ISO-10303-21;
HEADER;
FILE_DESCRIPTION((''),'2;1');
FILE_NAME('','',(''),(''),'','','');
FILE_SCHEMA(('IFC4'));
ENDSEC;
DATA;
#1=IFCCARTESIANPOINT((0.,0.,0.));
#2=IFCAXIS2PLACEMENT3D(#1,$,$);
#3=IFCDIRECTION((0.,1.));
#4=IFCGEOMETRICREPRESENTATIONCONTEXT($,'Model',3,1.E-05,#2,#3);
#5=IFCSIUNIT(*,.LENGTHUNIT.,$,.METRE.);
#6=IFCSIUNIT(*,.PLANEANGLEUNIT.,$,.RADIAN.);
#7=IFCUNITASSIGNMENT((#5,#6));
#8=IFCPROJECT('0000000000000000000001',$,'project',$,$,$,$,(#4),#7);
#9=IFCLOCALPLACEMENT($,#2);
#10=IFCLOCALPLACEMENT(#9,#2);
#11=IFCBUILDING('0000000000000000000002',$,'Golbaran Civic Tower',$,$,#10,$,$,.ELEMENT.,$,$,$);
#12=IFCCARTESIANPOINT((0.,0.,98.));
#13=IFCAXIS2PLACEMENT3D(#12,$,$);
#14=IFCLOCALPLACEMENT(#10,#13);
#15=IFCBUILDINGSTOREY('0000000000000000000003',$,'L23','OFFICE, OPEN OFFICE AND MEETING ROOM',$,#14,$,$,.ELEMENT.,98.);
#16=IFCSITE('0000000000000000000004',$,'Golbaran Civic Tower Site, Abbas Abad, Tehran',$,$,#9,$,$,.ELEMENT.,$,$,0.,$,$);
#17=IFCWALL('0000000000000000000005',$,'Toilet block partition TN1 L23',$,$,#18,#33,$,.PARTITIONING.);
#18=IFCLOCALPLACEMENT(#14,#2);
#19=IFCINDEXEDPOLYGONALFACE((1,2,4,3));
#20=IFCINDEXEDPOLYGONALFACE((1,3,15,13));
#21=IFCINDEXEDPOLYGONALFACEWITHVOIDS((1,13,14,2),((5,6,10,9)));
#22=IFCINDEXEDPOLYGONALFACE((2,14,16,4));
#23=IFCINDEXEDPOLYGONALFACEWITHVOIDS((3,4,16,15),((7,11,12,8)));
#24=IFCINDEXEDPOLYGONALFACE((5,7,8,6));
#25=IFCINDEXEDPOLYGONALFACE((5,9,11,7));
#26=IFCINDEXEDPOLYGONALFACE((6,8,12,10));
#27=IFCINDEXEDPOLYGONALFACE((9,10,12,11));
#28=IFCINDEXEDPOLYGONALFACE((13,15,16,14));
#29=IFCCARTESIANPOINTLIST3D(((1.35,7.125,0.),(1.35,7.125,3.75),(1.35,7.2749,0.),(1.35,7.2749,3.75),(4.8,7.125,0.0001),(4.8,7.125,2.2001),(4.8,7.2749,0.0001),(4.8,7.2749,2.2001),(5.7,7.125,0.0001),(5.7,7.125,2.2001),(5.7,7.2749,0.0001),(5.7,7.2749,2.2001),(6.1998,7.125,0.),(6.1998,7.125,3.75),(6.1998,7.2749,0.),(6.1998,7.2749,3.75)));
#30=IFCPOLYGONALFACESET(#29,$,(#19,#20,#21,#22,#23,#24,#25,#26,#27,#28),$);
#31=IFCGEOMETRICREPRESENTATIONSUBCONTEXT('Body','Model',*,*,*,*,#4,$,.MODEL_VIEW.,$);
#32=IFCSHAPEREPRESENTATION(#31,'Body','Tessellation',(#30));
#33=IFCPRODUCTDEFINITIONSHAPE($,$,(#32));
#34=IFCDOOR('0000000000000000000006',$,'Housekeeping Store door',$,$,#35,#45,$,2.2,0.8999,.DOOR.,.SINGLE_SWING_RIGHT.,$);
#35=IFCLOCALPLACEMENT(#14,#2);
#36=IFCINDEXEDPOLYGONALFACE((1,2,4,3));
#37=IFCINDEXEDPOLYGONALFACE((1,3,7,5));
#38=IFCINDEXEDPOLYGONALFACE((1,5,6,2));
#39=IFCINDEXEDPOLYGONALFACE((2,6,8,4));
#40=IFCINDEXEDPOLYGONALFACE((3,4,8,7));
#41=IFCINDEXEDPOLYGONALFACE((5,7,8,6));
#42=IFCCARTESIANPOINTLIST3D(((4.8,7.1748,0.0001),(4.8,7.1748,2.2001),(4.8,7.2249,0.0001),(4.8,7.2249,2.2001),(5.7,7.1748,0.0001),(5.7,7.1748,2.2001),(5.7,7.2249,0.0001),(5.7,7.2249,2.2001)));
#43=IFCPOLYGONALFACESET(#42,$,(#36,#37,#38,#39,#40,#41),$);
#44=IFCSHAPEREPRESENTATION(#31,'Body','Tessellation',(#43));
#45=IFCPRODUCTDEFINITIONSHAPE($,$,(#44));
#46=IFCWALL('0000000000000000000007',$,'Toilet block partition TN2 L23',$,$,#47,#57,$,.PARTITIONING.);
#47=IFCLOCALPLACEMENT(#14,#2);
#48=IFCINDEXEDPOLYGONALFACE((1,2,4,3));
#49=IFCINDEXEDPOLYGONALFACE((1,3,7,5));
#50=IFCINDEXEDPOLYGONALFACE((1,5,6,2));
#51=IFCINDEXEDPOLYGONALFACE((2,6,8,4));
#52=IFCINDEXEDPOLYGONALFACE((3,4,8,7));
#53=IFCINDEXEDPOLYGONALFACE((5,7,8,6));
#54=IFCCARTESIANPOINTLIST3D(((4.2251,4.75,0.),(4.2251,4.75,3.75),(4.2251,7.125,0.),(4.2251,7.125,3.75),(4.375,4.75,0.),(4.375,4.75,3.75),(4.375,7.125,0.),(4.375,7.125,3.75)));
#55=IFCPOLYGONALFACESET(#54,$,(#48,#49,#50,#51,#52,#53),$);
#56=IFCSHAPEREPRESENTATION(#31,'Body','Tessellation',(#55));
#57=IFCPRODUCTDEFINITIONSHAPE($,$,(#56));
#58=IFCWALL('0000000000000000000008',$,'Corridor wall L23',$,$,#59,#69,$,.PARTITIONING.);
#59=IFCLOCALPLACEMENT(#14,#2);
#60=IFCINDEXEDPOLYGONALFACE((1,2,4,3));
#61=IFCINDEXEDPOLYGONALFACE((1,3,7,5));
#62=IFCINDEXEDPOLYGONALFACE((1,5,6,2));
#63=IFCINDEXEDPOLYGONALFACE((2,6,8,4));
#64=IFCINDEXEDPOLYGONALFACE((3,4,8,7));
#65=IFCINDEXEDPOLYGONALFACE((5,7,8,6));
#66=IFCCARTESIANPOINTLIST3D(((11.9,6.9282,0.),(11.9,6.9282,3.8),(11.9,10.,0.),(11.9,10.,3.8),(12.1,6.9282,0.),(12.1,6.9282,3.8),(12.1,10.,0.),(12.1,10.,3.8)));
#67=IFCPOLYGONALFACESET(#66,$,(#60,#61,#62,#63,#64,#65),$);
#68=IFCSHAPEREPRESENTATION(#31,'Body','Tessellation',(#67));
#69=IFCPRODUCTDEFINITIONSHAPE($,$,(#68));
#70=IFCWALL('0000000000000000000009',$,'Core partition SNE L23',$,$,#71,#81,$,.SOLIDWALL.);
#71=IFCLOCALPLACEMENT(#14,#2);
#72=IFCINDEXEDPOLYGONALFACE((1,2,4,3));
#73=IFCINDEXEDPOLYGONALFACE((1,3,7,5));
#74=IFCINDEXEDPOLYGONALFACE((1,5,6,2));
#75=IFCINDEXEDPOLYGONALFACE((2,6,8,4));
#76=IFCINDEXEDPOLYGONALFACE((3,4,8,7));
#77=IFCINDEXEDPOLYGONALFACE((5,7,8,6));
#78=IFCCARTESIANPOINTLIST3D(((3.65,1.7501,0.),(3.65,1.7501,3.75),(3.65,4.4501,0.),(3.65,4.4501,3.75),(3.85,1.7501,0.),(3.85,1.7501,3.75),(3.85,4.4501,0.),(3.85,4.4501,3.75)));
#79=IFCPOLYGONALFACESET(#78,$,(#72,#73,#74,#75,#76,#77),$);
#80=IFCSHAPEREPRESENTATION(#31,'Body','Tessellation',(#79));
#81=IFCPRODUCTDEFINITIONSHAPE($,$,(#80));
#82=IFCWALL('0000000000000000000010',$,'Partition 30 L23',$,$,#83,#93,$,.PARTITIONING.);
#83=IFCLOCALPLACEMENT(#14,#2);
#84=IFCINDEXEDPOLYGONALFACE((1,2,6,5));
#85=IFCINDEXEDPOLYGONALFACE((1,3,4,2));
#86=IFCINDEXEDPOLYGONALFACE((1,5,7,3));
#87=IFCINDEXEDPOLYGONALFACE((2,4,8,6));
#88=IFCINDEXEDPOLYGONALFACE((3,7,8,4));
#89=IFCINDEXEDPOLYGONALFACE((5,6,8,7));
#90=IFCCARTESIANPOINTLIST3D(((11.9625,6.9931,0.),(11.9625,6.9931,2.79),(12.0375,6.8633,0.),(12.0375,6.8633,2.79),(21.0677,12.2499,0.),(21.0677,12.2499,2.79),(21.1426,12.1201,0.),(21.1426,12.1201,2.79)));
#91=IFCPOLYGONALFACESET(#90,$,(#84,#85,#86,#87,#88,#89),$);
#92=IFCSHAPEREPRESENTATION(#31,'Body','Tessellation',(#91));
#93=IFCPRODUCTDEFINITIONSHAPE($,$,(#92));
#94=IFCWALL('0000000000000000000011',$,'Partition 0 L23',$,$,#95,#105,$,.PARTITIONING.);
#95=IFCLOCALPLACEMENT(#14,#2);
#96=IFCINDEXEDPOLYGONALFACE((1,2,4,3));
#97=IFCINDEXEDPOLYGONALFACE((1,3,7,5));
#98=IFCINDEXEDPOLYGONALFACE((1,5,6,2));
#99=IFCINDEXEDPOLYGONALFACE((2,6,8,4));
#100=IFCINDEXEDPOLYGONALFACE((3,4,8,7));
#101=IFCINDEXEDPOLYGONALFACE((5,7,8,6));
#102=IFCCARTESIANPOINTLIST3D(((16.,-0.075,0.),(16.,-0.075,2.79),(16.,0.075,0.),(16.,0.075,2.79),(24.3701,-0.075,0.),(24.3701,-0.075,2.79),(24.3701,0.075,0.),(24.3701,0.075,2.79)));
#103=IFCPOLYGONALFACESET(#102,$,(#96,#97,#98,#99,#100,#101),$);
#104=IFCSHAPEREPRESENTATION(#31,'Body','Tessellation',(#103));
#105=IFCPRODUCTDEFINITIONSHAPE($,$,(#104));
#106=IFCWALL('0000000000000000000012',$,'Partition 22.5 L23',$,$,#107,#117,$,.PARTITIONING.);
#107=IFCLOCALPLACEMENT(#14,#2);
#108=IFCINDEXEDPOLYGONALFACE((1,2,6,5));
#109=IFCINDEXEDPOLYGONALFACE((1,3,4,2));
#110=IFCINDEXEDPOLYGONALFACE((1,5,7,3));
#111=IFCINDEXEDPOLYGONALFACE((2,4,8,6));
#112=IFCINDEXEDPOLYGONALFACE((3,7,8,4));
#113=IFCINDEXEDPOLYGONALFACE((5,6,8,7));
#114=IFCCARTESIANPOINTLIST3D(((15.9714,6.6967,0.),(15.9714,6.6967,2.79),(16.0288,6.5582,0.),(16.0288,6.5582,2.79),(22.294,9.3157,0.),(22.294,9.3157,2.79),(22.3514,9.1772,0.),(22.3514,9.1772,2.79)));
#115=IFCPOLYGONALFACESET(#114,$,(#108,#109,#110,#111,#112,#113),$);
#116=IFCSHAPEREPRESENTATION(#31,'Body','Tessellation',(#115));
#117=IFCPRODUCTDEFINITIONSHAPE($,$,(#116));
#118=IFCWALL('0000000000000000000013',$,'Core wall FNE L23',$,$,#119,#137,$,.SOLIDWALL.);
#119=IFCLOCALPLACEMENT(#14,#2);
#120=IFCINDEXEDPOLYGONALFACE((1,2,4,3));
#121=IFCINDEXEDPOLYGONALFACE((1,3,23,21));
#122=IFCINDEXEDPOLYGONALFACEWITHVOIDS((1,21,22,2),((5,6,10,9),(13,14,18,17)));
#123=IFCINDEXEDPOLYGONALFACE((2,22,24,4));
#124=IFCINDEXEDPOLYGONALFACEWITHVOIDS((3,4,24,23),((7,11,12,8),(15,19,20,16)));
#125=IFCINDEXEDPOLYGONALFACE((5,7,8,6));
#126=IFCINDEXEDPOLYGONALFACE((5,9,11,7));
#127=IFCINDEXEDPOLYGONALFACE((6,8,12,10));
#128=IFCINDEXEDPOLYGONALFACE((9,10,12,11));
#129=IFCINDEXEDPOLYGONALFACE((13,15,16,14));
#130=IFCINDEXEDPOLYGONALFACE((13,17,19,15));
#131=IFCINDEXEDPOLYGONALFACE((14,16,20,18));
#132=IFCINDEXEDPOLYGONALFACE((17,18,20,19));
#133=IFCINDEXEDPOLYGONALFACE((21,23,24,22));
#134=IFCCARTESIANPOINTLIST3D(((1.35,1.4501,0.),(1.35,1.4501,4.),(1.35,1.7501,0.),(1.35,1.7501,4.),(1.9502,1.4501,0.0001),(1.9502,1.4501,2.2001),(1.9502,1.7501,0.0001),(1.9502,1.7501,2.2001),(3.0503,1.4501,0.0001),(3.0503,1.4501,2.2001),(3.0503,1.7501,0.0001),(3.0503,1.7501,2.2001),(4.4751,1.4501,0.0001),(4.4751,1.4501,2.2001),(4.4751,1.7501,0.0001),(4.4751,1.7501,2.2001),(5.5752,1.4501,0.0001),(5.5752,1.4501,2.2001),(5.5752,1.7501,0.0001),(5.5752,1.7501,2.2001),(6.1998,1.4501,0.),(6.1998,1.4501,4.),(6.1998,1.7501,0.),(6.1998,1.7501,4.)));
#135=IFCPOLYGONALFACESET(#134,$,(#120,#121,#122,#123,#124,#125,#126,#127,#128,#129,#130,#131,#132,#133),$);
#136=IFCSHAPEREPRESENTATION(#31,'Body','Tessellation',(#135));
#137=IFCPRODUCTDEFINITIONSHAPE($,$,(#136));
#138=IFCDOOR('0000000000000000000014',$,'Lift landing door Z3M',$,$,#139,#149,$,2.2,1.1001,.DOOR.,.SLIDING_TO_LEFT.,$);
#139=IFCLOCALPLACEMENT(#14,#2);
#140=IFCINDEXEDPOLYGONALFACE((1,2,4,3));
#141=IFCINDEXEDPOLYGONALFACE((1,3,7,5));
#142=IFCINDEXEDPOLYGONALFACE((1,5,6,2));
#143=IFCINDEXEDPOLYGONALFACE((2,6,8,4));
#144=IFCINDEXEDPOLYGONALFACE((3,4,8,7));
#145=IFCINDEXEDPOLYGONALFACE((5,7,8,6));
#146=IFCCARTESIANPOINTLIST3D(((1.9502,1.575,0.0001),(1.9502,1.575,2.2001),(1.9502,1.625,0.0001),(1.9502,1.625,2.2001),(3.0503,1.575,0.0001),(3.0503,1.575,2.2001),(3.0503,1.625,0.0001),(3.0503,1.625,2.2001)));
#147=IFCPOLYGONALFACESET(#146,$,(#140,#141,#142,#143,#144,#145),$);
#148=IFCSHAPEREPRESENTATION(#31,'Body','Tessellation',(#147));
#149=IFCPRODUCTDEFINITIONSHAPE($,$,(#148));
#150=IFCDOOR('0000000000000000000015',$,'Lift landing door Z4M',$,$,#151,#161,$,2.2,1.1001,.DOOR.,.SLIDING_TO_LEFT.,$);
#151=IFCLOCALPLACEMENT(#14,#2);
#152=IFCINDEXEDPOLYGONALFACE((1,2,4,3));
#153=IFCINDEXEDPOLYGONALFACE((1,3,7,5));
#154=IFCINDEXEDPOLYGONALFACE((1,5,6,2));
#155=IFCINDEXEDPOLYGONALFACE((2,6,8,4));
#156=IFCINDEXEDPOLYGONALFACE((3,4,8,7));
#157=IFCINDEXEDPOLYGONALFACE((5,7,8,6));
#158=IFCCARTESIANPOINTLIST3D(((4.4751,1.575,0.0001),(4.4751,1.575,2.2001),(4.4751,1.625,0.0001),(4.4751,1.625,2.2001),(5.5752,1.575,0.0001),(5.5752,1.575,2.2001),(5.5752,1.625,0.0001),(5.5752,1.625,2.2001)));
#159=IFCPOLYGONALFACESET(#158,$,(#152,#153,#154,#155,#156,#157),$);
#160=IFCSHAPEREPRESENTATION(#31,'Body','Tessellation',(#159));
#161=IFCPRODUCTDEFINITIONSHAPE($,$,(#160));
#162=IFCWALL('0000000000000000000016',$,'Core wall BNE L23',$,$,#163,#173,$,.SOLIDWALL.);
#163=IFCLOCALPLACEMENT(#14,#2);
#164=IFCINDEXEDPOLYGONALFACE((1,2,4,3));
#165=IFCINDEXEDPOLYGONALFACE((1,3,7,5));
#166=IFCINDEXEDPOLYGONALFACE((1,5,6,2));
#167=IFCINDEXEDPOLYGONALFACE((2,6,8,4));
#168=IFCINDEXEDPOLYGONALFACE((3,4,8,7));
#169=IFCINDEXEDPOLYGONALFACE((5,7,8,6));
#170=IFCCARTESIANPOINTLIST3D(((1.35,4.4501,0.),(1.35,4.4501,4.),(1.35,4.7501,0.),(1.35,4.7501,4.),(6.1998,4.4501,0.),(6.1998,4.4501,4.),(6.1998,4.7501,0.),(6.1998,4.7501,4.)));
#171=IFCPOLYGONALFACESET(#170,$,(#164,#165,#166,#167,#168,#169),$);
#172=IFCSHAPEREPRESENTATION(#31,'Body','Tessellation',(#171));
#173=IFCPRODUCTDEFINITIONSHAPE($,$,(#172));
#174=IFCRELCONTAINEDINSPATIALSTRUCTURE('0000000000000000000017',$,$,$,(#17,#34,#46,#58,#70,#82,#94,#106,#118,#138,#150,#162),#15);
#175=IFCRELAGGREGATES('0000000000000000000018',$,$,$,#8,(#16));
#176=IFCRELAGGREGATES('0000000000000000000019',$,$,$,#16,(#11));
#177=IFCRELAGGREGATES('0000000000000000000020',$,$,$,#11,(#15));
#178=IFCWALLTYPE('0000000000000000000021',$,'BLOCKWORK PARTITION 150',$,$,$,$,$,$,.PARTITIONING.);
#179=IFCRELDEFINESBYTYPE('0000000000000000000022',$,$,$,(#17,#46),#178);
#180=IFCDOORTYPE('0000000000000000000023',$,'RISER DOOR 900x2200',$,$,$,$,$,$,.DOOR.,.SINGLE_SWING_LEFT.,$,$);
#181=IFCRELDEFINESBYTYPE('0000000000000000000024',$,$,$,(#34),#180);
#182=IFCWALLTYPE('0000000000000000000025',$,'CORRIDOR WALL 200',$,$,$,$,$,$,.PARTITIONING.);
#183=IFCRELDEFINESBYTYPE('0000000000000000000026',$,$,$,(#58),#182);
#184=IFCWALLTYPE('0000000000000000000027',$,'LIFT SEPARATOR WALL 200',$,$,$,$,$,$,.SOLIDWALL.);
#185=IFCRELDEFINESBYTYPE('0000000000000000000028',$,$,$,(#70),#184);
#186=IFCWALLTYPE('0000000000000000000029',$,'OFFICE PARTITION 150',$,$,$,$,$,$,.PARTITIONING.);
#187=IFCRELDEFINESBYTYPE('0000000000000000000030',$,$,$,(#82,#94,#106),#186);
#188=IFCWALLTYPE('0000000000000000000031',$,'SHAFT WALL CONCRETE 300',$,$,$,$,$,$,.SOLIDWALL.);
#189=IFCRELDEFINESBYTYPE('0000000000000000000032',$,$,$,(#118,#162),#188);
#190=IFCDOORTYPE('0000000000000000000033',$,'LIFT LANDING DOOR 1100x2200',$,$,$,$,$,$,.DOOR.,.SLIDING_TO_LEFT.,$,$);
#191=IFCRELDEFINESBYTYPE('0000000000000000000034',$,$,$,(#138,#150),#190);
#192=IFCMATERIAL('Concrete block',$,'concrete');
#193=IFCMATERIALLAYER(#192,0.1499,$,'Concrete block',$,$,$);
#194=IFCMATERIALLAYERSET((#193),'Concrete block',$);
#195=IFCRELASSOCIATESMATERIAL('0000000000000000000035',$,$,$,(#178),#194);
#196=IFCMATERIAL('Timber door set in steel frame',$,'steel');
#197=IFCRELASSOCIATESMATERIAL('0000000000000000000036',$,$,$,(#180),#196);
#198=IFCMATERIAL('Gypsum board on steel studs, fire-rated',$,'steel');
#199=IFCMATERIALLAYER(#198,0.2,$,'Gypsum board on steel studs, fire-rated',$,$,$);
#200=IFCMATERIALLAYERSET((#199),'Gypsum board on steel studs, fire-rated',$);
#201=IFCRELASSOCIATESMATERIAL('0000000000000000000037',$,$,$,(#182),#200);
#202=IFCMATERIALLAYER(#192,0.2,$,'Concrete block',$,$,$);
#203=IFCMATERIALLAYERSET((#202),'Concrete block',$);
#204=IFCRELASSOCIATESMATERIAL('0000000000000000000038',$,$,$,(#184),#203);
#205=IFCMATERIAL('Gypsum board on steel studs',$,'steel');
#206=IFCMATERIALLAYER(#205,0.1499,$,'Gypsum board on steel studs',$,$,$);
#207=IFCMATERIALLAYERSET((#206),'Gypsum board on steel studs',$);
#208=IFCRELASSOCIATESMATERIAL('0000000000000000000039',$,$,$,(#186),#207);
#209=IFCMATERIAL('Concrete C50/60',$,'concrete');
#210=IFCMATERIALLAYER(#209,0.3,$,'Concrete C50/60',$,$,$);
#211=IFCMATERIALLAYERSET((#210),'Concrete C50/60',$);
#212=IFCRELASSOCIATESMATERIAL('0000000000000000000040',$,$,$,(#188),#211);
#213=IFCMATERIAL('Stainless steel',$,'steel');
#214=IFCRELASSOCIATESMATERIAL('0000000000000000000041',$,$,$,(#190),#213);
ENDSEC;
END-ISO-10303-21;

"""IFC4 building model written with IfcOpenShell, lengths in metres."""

from ifc_helpers import new_model, si_unit, direction, frame, frame_2d, origin, place, context, subcontext, project, spatial, rectangle, extrude, material, layer, layer_set, type_object, element, fill, save


model = new_model("IFC4")

# Units and contexts
model_context = context("Model", 3, precision=1e-05, world=origin(), true_north=direction((0.0, 1.0)))
body_context = subcontext(model_context, "Body", "Model", "MODEL_VIEW")
ifc_project = project(units=[si_unit("LENGTHUNIT", "METRE"), si_unit("PLANEANGLEUNIT", "RADIAN")], contexts=[model_context])

# Site, building, storey
site_placement = place(None, origin())
site = spatial("IfcSite", under=ifc_project, at=site_placement, Name="Golbaran Civic Tower Site, Abbas Abad, Tehran", CompositionType="ELEMENT", RefElevation=0.0)
building_placement = place(site_placement, origin())
building = spatial("IfcBuilding", under=site, at=building_placement, Name="Golbaran Civic Tower", CompositionType="ELEMENT")
storey_placement = place(building_placement, frame((0.0, 0.0, 98.0)))
storey = spatial("IfcBuildingStorey", under=building, at=storey_placement, Name="L23", Description="OFFICE, OPEN OFFICE AND MEETING ROOM", CompositionType="ELEMENT", Elevation=98.0)

# Wall, opening, door
ifc_material_1 = material(Name="Concrete block", Category="concrete")
ifc_layer_1 = layer(ifc_material_1, 0.1499, Name="Concrete block")
ifc_layer_set_1 = layer_set([ifc_layer_1], Name="Concrete block")
wall_type_1 = type_object("IfcWallType", Name="BLOCKWORK PARTITION 150", PredefinedType="PARTITIONING", material=ifc_layer_set_1)
wall_1_placement = place(storey_placement, frame((1.3501, 7.2, 0.0), z_axis=(0.0, 0.0, 1.0), x_axis=(1.0, 0.0, 0.0)))
wall_1 = element("IfcWall", 1, at=wall_1_placement, inside=storey, type_object=wall_type_1, Name="Toilet block partition TN1 L23", PredefinedType="PARTITIONING", context=body_context, shape_type="SweptSolid", body=[
    extrude(rectangle(XDim=4.8499, YDim=0.1499, at=frame_2d((2.4248, 0.0))), origin(), (0.0, 0.0, 1.0), 3.75),
])
opening_1_placement = place(wall_1_placement, frame((3.45, 0.0, 0.0)))
opening_1 = element("IfcOpeningElement", 2, at=opening_1_placement, cuts=wall_1, PredefinedType="OPENING", context=body_context, shape_type="SweptSolid", body=[
    extrude(rectangle(XDim=0.8999, YDim=2.2, at=frame_2d((0.45, 1.1001))), frame((0.0, 0.085, 0.0), z_axis=(0.0, -1.0, 0.0), x_axis=(1.0, 0.0, 0.0)), (0.0, 0.0, 1.0), 0.1699),
])
ifc_material_2 = material(Name="Timber door set in steel frame", Category="steel")
door_type_1 = type_object("IfcDoorType", Name="RISER DOOR 900x2200", OperationType="SINGLE_SWING_LEFT", PredefinedType="DOOR", material=ifc_material_2)
door_1_placement = place(opening_1_placement, origin())
door_1 = element("IfcDoor", 3, at=door_1_placement, inside=storey, type_object=door_type_1, Name="Housekeeping Store door", OperationType="SINGLE_SWING_RIGHT", OverallHeight=2.2, OverallWidth=0.8999, PredefinedType="DOOR", context=body_context, shape_type="SweptSolid", body=[
    extrude(rectangle(XDim=0.8999, YDim=2.2, at=frame_2d((0.45, 1.1001))), frame((0.0, 0.0249, 0.0), z_axis=(0.0, -1.0, 0.0), x_axis=(1.0, 0.0, 0.0)), (0.0, 0.0, 1.0), 0.05),
])
fill(opening_1, door_1)

# Walls
wall_2_placement = place(storey_placement, frame((4.3, 4.75, 0.0), z_axis=(0.0, 0.0, 1.0), x_axis=(0.0, 1.0, 0.0)))
element("IfcWall", 4, at=wall_2_placement, inside=storey, type_object=wall_type_1, Name="Toilet block partition TN2 L23", PredefinedType="PARTITIONING", context=body_context, shape_type="SweptSolid", body=[
    extrude(rectangle(XDim=2.375, YDim=0.1499, at=frame_2d((1.1875, 0.0))), origin(), (0.0, 0.0, 1.0), 3.75),
])
ifc_material_3 = material(Name="Gypsum board on steel studs, fire-rated", Category="steel")
ifc_layer_2 = layer(ifc_material_3, 0.2, Name="Gypsum board on steel studs, fire-rated")
ifc_layer_set_2 = layer_set([ifc_layer_2], Name="Gypsum board on steel studs, fire-rated")
wall_type_2 = type_object("IfcWallType", Name="CORRIDOR WALL 200", PredefinedType="PARTITIONING", material=ifc_layer_set_2)
wall_3_placement = place(storey_placement, frame((12.0, 6.9282, 0.0), z_axis=(0.0, 0.0, 1.0), x_axis=(0.0, 1.0, 0.0)))
element("IfcWall", 5, at=wall_3_placement, inside=storey, type_object=wall_type_2, Name="Corridor wall L23", PredefinedType="PARTITIONING", context=body_context, shape_type="SweptSolid", body=[
    extrude(rectangle(XDim=3.0718, YDim=0.2, at=frame_2d((1.5359, 0.0))), origin(), (0.0, 0.0, 1.0), 3.8),
])
ifc_layer_3 = layer(ifc_material_1, 0.2, Name="Concrete block")
ifc_layer_set_3 = layer_set([ifc_layer_3], Name="Concrete block")
wall_type_3 = type_object("IfcWallType", Name="LIFT SEPARATOR WALL 200", PredefinedType="SOLIDWALL", material=ifc_layer_set_3)
wall_4_placement = place(storey_placement, frame((3.75, 1.75, 0.0), z_axis=(0.0, 0.0, 1.0), x_axis=(0.0, 1.0, 0.0)))
element("IfcWall", 6, at=wall_4_placement, inside=storey, type_object=wall_type_3, Name="Core partition SNE L23", PredefinedType="SOLIDWALL", context=body_context, shape_type="SweptSolid", body=[
    extrude(rectangle(XDim=2.7, YDim=0.2, at=frame_2d((1.3501, 0.0))), origin(), (0.0, 0.0, 1.0), 3.75),
])
ifc_material_4 = material(Name="Gypsum board on steel studs", Category="steel")
ifc_layer_4 = layer(ifc_material_4, 0.1499, Name="Gypsum board on steel studs")
ifc_layer_set_4 = layer_set([ifc_layer_4], Name="Gypsum board on steel studs")
wall_type_4 = type_object("IfcWallType", Name="OFFICE PARTITION 150", PredefinedType="PARTITIONING", material=ifc_layer_set_4)
wall_5_placement = place(storey_placement, frame((12.0, 6.9282, 0.0), z_axis=(0.0, 0.0, 1.0), x_axis=(0.866028, 0.499995, 0.0)))
element("IfcWall", 7, at=wall_5_placement, inside=storey, type_object=wall_type_4, Name="Partition 30 L23", PredefinedType="PARTITIONING", context=body_context, shape_type="SweptSolid", body=[
    extrude(rectangle(XDim=10.5137, YDim=0.1499, at=frame_2d((5.2568, 0.0))), origin(), (0.0, 0.0, 1.0), 2.79),
])
wall_6_placement = place(storey_placement, frame((16.0, 0.0, 0.0), z_axis=(0.0, 0.0, 1.0), x_axis=(1.0, 0.0, 0.0)))
element("IfcWall", 8, at=wall_6_placement, inside=storey, type_object=wall_type_4, Name="Partition 0 L23", PredefinedType="PARTITIONING", context=body_context, shape_type="SweptSolid", body=[
    extrude(rectangle(XDim=8.3701, YDim=0.1499, at=frame_2d((4.1851, 0.0))), origin(), (0.0, 0.0, 1.0), 2.79),
])
wall_7_placement = place(storey_placement, frame((16.0, 6.6274, 0.0), z_axis=(0.0, 0.0, 1.0), x_axis=(0.923878, 0.382687, 0.0)))
element("IfcWall", 9, at=wall_7_placement, inside=storey, type_object=wall_type_4, Name="Partition 22.5 L23", PredefinedType="PARTITIONING", context=body_context, shape_type="SweptSolid", body=[
    extrude(rectangle(XDim=6.8435, YDim=0.1499, at=frame_2d((3.4219, 0.0))), origin(), (0.0, 0.0, 1.0), 2.79),
])

# Wall, openings, doors
ifc_material_5 = material(Name="Concrete C50/60", Category="concrete")
ifc_layer_5 = layer(ifc_material_5, 0.3, Name="Concrete C50/60")
ifc_layer_set_5 = layer_set([ifc_layer_5], Name="Concrete C50/60")
wall_type_5 = type_object("IfcWallType", Name="SHAFT WALL CONCRETE 300", PredefinedType="SOLIDWALL", material=ifc_layer_set_5)
wall_8_placement = place(storey_placement, frame((1.3501, 1.6001, 0.0), z_axis=(0.0, 0.0, 1.0), x_axis=(1.0, 0.0, 0.0)))
wall_8 = element("IfcWall", 10, at=wall_8_placement, inside=storey, type_object=wall_type_5, Name="Core wall FNE L23", PredefinedType="SOLIDWALL", context=body_context, shape_type="SweptSolid", body=[
    extrude(rectangle(XDim=4.8499, YDim=0.3, at=frame_2d((2.4248, 0.0))), origin(), (0.0, 0.0, 1.0), 4.0),
])
opening_2_placement = place(wall_8_placement, frame((0.6001, 0.0, 0.0)))
opening_2 = element("IfcOpeningElement", 11, at=opening_2_placement, cuts=wall_8, PredefinedType="OPENING", context=body_context, shape_type="SweptSolid", body=[
    extrude(rectangle(XDim=1.1001, YDim=2.2, at=frame_2d((0.55, 1.1001))), frame((0.0, 0.1599, 0.0), z_axis=(0.0, -1.0, 0.0), x_axis=(1.0, 0.0, 0.0)), (0.0, 0.0, 1.0), 0.3201),
])
opening_3_placement = place(wall_8_placement, frame((3.125, 0.0, 0.0)))
opening_3 = element("IfcOpeningElement", 12, at=opening_3_placement, cuts=wall_8, PredefinedType="OPENING", context=body_context, shape_type="SweptSolid", body=[
    extrude(rectangle(XDim=1.1001, YDim=2.2, at=frame_2d((0.55, 1.1001))), frame((0.0, 0.1599, 0.0), z_axis=(0.0, -1.0, 0.0), x_axis=(1.0, 0.0, 0.0)), (0.0, 0.0, 1.0), 0.3201),
])
ifc_material_6 = material(Name="Stainless steel", Category="steel")
door_type_2 = type_object("IfcDoorType", Name="LIFT LANDING DOOR 1100x2200", OperationType="SLIDING_TO_LEFT", PredefinedType="DOOR", material=ifc_material_6)
door_2_placement = place(opening_2_placement, origin())
door_2 = element("IfcDoor", 13, at=door_2_placement, inside=storey, type_object=door_type_2, Name="Lift landing door Z3M", OperationType="SLIDING_TO_LEFT", OverallHeight=2.2, OverallWidth=1.1001, PredefinedType="DOOR", context=body_context, shape_type="SweptSolid", body=[
    extrude(rectangle(XDim=1.1001, YDim=2.2, at=frame_2d((0.55, 1.1001))), frame((0.0, 0.0249, 0.0), z_axis=(0.0, -1.0, 0.0), x_axis=(1.0, 0.0, 0.0)), (0.0, 0.0, 1.0), 0.05),
])
fill(opening_2, door_2)
door_3_placement = place(opening_3_placement, origin())
door_3 = element("IfcDoor", 14, at=door_3_placement, inside=storey, type_object=door_type_2, Name="Lift landing door Z4M", OperationType="SLIDING_TO_LEFT", OverallHeight=2.2, OverallWidth=1.1001, PredefinedType="DOOR", context=body_context, shape_type="SweptSolid", body=[
    extrude(rectangle(XDim=1.1001, YDim=2.2, at=frame_2d((0.55, 1.1001))), frame((0.0, 0.0249, 0.0), z_axis=(0.0, -1.0, 0.0), x_axis=(1.0, 0.0, 0.0)), (0.0, 0.0, 1.0), 0.05),
])
fill(opening_3, door_3)

# Wall
wall_9_placement = place(storey_placement, frame((1.3501, 4.6001, 0.0), z_axis=(0.0, 0.0, 1.0), x_axis=(1.0, 0.0, 0.0)))
element("IfcWall", 15, at=wall_9_placement, inside=storey, type_object=wall_type_5, Name="Core wall BNE L23", PredefinedType="SOLIDWALL", context=body_context, shape_type="SweptSolid", body=[
    extrude(rectangle(XDim=4.8499, YDim=0.3, at=frame_2d((2.4248, 0.0))), origin(), (0.0, 0.0, 1.0), 4.0),
])

save(model, "model.ifc")
